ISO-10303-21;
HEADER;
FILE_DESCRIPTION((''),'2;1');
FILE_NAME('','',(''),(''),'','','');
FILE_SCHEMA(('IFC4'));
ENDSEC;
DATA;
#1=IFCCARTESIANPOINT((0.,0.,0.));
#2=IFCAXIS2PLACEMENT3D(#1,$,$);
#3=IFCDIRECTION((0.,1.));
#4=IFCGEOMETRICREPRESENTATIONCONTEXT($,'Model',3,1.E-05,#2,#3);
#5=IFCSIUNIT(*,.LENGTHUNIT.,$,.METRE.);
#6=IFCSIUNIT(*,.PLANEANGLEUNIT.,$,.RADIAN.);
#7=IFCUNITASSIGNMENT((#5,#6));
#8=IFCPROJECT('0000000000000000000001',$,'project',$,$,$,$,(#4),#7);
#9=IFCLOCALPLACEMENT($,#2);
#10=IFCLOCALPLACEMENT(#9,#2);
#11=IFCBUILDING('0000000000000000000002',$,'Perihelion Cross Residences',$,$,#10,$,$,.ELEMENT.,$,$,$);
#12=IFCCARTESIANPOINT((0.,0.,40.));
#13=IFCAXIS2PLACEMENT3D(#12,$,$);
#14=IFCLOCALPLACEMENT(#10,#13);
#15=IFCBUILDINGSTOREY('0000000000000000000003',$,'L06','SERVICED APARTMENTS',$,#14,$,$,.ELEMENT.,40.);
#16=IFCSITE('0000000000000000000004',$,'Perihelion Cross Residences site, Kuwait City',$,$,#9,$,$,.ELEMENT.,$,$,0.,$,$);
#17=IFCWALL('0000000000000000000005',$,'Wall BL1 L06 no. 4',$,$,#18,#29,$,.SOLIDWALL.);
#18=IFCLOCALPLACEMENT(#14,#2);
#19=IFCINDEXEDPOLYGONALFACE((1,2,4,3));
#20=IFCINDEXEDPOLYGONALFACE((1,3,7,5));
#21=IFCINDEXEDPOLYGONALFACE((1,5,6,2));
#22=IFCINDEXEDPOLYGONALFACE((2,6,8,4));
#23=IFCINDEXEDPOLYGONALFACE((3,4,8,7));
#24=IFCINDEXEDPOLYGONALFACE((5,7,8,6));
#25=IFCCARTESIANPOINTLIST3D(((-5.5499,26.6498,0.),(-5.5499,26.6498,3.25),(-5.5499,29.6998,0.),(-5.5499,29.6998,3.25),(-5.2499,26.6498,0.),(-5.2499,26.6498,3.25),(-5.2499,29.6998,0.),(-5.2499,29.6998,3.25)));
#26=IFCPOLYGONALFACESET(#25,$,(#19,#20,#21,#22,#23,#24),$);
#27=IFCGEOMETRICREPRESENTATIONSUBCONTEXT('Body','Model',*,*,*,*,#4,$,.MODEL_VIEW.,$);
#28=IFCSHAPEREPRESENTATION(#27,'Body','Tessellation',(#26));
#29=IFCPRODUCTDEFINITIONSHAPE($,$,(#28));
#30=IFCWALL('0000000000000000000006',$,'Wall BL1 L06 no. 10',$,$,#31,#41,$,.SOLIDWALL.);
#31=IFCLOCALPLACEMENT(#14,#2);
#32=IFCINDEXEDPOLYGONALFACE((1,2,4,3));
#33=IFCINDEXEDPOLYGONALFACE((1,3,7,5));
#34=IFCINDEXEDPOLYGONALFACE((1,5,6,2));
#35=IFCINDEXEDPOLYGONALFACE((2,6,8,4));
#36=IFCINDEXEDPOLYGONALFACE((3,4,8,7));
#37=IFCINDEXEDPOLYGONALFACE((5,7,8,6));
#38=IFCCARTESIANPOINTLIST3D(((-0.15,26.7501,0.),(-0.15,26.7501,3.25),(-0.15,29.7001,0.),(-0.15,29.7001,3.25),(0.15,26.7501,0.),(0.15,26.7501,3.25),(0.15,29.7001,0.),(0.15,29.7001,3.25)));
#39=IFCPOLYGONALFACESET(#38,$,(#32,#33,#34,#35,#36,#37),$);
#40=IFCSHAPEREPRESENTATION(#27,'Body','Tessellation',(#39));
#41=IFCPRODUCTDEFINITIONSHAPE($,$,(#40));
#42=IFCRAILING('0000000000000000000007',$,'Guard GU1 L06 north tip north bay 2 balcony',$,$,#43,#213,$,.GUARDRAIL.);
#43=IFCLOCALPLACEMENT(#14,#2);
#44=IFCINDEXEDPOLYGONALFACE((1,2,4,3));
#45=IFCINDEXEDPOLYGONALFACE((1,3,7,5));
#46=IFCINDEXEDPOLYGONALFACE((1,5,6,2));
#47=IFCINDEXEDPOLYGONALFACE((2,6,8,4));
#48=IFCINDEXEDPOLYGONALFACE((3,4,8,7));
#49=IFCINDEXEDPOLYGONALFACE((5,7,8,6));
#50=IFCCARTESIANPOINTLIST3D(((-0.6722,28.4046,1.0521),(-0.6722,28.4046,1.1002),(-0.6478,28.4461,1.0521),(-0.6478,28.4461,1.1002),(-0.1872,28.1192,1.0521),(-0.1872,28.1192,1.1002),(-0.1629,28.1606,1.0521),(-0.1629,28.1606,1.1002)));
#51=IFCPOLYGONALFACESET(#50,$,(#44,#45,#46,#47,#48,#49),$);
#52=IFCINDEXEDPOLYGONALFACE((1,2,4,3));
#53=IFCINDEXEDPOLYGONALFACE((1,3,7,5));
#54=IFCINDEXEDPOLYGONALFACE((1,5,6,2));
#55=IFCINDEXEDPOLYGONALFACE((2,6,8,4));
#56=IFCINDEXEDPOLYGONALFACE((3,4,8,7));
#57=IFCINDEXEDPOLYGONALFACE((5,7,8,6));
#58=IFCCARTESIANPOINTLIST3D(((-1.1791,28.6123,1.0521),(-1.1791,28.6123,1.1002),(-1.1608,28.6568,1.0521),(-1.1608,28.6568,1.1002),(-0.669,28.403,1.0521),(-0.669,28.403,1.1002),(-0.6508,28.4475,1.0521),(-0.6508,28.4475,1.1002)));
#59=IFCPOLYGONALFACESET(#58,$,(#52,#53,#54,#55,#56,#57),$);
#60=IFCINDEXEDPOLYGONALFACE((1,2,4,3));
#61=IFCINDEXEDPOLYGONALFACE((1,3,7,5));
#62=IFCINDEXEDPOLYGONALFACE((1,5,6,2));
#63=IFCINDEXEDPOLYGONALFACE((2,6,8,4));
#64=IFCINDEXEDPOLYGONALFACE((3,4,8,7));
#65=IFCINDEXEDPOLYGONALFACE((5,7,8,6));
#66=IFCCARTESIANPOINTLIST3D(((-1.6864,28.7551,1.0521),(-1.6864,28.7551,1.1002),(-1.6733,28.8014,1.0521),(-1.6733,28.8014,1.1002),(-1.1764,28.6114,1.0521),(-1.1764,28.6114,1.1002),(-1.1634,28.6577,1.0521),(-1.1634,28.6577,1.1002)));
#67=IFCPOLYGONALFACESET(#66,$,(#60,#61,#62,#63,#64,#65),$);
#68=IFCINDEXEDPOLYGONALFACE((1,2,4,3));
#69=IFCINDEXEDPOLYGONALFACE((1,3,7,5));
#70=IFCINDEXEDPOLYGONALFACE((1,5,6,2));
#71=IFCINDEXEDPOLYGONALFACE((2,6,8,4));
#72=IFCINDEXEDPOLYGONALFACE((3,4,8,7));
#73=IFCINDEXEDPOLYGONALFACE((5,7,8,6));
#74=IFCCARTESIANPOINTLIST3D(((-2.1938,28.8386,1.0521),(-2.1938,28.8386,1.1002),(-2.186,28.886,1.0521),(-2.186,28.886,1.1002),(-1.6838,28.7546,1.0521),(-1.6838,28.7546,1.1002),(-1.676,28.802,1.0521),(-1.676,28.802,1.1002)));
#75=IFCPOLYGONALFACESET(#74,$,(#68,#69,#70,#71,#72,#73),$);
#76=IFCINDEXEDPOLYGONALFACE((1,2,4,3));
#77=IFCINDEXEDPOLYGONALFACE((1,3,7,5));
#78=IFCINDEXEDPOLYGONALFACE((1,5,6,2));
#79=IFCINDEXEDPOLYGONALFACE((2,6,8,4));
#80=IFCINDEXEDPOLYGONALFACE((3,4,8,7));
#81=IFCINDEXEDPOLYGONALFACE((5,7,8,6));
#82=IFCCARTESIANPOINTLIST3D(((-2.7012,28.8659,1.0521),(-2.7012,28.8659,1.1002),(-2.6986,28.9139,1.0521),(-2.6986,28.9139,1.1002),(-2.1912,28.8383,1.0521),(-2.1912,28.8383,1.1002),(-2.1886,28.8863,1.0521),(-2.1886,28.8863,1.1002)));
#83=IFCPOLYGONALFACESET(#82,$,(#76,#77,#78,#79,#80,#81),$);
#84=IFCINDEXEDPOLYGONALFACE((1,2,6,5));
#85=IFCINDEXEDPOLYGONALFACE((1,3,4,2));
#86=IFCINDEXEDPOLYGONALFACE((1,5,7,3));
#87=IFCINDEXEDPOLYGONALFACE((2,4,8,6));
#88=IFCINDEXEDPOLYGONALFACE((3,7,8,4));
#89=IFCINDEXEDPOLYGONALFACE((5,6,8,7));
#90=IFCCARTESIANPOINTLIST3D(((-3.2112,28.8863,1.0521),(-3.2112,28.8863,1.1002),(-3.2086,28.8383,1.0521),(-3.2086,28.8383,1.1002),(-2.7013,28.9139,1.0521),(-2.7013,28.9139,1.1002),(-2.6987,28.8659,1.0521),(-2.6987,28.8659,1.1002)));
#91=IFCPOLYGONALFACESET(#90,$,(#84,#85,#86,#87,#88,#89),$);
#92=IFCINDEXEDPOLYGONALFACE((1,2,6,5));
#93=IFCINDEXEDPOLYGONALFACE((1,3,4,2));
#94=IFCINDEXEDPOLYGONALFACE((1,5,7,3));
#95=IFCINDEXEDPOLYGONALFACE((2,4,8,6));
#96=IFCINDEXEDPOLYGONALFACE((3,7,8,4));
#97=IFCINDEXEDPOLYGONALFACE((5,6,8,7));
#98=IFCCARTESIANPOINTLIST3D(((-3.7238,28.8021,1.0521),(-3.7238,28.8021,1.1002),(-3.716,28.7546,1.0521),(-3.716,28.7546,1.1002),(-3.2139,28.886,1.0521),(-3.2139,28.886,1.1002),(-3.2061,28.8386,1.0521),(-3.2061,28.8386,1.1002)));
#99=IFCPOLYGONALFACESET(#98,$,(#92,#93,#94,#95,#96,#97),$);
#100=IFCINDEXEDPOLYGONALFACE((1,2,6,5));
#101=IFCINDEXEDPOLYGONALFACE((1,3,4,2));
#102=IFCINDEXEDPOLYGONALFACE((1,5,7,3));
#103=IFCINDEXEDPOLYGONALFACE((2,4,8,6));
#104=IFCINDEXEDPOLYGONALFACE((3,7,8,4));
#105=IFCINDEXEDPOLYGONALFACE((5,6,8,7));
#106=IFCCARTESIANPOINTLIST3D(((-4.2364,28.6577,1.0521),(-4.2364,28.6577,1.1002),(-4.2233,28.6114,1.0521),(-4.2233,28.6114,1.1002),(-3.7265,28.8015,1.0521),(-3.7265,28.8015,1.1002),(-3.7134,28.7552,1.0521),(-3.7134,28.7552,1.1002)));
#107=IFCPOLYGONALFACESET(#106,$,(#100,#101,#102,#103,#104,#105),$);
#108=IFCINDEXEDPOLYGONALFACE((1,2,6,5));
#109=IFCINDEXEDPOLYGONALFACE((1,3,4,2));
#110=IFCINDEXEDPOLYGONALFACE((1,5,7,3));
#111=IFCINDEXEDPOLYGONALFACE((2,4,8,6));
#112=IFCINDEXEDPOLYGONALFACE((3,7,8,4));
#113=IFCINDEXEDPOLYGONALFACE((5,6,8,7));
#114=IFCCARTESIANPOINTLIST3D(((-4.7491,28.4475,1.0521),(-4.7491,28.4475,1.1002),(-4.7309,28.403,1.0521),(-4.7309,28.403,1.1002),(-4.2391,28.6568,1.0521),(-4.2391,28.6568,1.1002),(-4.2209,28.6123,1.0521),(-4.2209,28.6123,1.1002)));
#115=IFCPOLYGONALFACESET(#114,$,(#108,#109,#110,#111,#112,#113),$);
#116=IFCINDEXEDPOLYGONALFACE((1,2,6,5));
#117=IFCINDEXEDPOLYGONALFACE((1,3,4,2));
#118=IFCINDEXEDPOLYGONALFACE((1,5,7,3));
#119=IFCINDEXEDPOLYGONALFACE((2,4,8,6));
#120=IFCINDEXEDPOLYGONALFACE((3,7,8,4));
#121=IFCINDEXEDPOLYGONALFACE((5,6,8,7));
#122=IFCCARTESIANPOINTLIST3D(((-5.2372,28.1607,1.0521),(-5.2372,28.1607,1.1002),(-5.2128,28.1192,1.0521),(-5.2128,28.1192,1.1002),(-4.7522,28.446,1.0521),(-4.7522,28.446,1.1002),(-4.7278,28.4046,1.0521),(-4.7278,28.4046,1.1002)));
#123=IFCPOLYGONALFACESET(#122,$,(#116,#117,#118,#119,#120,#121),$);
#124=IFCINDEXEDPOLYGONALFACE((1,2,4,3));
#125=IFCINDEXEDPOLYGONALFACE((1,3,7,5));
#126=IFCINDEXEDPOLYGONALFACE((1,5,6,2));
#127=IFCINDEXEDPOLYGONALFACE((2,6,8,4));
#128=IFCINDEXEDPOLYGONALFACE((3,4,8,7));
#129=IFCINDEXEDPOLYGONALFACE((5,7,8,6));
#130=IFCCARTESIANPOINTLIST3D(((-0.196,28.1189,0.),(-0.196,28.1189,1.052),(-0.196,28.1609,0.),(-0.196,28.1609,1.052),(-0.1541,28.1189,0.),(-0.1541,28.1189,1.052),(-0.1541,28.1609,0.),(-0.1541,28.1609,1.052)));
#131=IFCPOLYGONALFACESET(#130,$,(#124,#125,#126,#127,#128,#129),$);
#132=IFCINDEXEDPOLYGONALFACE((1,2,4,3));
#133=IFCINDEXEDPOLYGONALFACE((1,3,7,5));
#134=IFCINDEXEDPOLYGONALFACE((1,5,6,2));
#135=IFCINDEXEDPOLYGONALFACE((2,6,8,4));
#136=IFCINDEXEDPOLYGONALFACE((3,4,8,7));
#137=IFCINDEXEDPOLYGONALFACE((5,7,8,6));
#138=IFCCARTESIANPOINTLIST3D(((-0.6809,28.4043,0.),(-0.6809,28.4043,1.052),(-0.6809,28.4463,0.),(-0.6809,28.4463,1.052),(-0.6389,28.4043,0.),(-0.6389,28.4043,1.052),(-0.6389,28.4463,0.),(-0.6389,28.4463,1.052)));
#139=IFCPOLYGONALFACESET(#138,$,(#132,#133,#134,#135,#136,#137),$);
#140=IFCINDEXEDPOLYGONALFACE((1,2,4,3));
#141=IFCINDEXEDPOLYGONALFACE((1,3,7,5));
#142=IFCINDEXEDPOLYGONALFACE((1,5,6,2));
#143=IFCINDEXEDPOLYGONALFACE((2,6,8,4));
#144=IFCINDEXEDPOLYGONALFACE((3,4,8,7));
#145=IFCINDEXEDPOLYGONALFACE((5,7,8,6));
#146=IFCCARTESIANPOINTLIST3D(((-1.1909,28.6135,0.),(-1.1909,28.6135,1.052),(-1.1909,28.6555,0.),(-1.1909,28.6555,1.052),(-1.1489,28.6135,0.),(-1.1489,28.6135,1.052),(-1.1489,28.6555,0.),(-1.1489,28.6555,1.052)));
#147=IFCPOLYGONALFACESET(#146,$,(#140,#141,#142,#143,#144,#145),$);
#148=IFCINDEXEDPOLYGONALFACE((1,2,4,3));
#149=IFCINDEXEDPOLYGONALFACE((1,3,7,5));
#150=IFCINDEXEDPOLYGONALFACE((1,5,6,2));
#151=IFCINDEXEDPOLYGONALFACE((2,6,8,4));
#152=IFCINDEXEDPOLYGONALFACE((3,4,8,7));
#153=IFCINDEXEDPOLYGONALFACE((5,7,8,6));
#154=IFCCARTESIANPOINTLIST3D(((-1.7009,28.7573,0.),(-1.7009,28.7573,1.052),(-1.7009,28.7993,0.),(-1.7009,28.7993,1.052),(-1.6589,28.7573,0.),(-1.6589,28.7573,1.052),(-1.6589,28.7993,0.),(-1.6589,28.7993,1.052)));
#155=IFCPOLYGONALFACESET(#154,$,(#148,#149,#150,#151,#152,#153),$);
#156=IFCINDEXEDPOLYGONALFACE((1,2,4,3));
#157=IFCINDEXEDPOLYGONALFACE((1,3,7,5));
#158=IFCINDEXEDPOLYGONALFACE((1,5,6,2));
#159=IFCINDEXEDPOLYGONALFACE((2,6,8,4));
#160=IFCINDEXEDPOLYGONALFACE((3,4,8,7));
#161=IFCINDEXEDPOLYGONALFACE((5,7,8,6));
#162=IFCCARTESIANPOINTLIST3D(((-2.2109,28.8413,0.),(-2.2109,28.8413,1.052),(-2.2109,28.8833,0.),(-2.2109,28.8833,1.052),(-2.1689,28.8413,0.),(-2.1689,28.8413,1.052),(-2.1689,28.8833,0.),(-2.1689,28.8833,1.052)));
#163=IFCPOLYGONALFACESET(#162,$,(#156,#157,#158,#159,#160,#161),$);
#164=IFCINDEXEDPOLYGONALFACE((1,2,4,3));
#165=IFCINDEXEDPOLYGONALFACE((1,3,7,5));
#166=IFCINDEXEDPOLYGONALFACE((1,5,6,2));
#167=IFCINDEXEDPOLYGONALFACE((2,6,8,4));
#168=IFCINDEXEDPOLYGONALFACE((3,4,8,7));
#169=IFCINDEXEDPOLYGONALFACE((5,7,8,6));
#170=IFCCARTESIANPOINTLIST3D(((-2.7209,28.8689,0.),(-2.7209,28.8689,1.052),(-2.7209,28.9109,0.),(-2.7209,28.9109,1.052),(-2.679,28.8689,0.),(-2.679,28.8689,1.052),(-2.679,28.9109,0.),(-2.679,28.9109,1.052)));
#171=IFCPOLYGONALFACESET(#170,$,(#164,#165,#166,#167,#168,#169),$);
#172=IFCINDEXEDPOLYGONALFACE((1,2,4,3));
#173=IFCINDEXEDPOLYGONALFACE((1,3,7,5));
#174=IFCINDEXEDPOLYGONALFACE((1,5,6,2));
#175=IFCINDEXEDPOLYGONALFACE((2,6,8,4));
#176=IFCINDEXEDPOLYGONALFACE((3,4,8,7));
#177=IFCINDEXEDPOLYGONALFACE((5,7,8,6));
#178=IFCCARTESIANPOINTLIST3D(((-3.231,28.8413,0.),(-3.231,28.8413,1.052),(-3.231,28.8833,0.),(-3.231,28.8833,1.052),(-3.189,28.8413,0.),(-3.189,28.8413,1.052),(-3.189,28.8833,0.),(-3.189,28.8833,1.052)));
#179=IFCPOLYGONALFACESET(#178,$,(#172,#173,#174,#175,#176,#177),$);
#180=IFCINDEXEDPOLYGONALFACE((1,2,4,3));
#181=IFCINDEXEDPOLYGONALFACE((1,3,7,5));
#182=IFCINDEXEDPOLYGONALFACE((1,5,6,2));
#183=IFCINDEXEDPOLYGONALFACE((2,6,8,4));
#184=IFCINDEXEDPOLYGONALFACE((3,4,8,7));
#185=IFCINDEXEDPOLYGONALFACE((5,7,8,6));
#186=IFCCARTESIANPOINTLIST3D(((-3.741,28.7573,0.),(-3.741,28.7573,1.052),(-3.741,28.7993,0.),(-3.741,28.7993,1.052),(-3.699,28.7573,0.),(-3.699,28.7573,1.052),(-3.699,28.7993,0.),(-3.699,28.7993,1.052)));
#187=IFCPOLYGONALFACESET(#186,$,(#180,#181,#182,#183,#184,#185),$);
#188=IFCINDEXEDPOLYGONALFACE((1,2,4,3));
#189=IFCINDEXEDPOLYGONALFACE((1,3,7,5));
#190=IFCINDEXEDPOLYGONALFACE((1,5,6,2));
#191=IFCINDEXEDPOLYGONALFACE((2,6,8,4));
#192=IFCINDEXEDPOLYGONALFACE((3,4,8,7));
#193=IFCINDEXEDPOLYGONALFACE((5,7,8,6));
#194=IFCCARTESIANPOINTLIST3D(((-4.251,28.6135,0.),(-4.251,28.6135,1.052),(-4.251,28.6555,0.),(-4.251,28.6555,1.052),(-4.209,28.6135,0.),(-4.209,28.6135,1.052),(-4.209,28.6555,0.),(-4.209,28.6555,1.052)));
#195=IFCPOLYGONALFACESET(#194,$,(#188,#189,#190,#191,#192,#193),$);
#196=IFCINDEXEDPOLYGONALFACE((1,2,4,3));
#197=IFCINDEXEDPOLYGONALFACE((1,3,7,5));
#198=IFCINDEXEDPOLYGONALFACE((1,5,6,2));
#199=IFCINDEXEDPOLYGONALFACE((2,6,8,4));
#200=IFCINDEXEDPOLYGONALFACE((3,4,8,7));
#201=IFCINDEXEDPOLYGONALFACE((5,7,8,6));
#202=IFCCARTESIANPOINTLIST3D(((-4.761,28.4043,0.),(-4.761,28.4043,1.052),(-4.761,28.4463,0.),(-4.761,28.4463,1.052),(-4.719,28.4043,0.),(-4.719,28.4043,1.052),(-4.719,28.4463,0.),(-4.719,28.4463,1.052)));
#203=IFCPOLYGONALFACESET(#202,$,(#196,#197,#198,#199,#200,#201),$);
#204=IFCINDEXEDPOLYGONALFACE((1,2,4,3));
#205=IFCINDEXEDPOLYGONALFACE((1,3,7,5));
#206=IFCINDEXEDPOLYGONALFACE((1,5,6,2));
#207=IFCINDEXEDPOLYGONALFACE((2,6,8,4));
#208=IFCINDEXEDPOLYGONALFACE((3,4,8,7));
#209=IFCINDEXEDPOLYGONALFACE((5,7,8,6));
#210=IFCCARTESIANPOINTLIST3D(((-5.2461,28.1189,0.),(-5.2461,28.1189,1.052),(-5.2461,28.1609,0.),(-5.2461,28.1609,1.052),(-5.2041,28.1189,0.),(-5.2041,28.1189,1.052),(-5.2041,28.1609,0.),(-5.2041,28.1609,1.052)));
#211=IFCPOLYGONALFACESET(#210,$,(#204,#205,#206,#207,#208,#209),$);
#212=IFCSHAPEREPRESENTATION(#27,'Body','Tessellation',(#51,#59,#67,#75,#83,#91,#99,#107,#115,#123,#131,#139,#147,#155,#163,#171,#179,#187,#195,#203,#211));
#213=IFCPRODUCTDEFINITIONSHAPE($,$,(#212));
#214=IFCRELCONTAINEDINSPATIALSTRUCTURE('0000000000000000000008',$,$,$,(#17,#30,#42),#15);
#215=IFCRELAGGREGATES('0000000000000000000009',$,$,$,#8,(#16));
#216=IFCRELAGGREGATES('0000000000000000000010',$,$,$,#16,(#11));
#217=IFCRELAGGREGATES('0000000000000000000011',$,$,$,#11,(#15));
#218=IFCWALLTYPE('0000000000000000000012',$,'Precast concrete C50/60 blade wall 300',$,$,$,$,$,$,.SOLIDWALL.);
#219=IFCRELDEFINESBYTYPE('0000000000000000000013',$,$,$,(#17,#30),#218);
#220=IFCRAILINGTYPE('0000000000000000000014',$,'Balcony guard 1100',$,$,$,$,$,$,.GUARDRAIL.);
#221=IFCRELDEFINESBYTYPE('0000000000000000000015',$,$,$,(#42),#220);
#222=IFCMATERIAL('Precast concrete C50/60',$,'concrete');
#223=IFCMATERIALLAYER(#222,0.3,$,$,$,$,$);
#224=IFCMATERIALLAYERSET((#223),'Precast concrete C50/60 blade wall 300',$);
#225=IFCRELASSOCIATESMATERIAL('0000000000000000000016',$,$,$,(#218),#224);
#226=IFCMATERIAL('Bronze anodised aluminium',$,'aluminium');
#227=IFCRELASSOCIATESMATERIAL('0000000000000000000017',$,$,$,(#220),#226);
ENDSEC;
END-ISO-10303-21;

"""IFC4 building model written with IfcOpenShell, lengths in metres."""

from ifc_helpers import new_model, si_unit, direction, frame, frame_2d, origin, origin_2d, place, context, subcontext, project, spatial, rectangle, extrude, material, layer, layer_set, type_object, element, save


model = new_model("IFC4")

# Units and contexts
model_context = context("Model", 3, precision=1e-05, world=origin(), true_north=direction((0.0, 1.0)))
body_context = subcontext(model_context, "Body", "Model", "MODEL_VIEW")
ifc_project = project(units=[si_unit("LENGTHUNIT", "METRE"), si_unit("PLANEANGLEUNIT", "RADIAN")], contexts=[model_context])

# Site, building, storey
site_placement = place(None, origin())
site = spatial("IfcSite", under=ifc_project, at=site_placement, Name="Perihelion Cross Residences site, Kuwait City", CompositionType="ELEMENT", RefElevation=0.0)
building_placement = place(site_placement, origin())
building = spatial("IfcBuilding", under=site, at=building_placement, Name="Perihelion Cross Residences", CompositionType="ELEMENT")
storey_placement = place(building_placement, frame((0.0, 0.0, 40.0)))
storey = spatial("IfcBuildingStorey", under=building, at=storey_placement, Name="L06", Description="SERVICED APARTMENTS", CompositionType="ELEMENT", Elevation=40.0)

# Walls
ifc_material_1 = material(Name="Precast concrete C50/60", Category="concrete")
ifc_layer_1 = layer(ifc_material_1, 0.3)
ifc_layer_set_1 = layer_set([ifc_layer_1], Name="Precast concrete C50/60 blade wall 300")
wall_type_1 = type_object("IfcWallType", Name="Precast concrete C50/60 blade wall 300", PredefinedType="SOLIDWALL", material=ifc_layer_set_1)
wall_1_placement = place(storey_placement, frame((-5.3999, 26.6499, 0.0), z_axis=(0.0, 0.0, 1.0), x_axis=(0.0, 1.0, 0.0)))
element("IfcWall", 1, at=wall_1_placement, inside=storey, type_object=wall_type_1, Name="Wall BL1 L06 no. 4", PredefinedType="SOLIDWALL", context=body_context, shape_type="SweptSolid", body=[
    extrude(rectangle(XDim=3.05, YDim=0.3, at=frame_2d((1.5249, 0.0))), origin(), (0.0, 0.0, 1.0), 3.25),
])
wall_2_placement = place(storey_placement, frame((0.0, 26.75, 0.0), z_axis=(0.0, 0.0, 1.0), x_axis=(0.0, 1.0, 0.0)))
element("IfcWall", 2, at=wall_2_placement, inside=storey, type_object=wall_type_1, Name="Wall BL1 L06 no. 10", PredefinedType="SOLIDWALL", context=body_context, shape_type="SweptSolid", body=[
    extrude(rectangle(XDim=2.95, YDim=0.3, at=frame_2d((1.4751, 0.0))), origin(), (0.0, 0.0, 1.0), 3.25),
])

# Railing
ifc_material_2 = material(Name="Bronze anodised aluminium", Category="aluminium")
railing_type = type_object("IfcRailingType", Name="Balcony guard 1100", PredefinedType="GUARDRAIL", material=ifc_material_2)
railing_placement = place(storey_placement, frame((-0.175, 28.1399, 0.0)))
element("IfcRailing", 3, at=railing_placement, inside=storey, type_object=railing_type, Name="Guard GU1 L06 north tip north bay 2 balcony", PredefinedType="GUARDRAIL", context=body_context, shape_type="SweptSolid", body=[
    extrude(rectangle(XDim=0.0481, YDim=0.0481, at=origin_2d()), frame((0.0, 0.0, 1.0762), z_axis=(-0.861789, 0.507267, 0.0), x_axis=(-0.507267, -0.861789, 0.0)), (0.0, 0.0, 1.0), 0.5627),
    extrude(rectangle(XDim=0.0481, YDim=0.0481, at=origin_2d()), frame((-0.4849, 0.2854, 1.0762), z_axis=(-0.925173, 0.379547, 0.0), x_axis=(-0.379547, -0.925173, 0.0)), (0.0, 0.0, 1.0), 0.5513),
    extrude(rectangle(XDim=0.0481, YDim=0.0481, at=origin_2d()), frame((-0.9949, 0.4946, 1.0762), z_axis=(-0.962474, 0.271373, 0.0), x_axis=(-0.271373, -0.962474, 0.0)), (0.0, 0.0, 1.0), 0.5298),
    extrude(rectangle(XDim=0.0481, YDim=0.0481, at=origin_2d()), frame((-1.5049, 0.6384, 1.0762), z_axis=(-0.986711, 0.162484, 0.0), x_axis=(-0.162484, -0.986711, 0.0)), (0.0, 0.0, 1.0), 0.5168),
    extrude(rectangle(XDim=0.0481, YDim=0.0481, at=origin_2d()), frame((-2.0149, 0.7224, 1.0762), z_axis=(-0.99854, 0.054014, 0.0), x_axis=(-0.054014, -0.99854, 0.0)), (0.0, 0.0, 1.0), 0.5107),
    extrude(rectangle(XDim=0.0481, YDim=0.0481, at=origin_2d()), frame((-2.5249, 0.75, 1.0762), z_axis=(-0.99854, -0.054014, 0.0), x_axis=(0.054014, -0.99854, 0.0)), (0.0, 0.0, 1.0), 0.5107),
    extrude(rectangle(XDim=0.0481, YDim=0.0481, at=origin_2d()), frame((-3.0349, 0.7224, 1.0762), z_axis=(-0.986711, -0.162484, 0.0), x_axis=(0.162484, -0.986711, 0.0)), (0.0, 0.0, 1.0), 0.5168),
    extrude(rectangle(XDim=0.0481, YDim=0.0481, at=origin_2d()), frame((-3.5449, 0.6384, 1.0762), z_axis=(-0.962474, -0.271373, 0.0), x_axis=(0.271373, -0.962474, 0.0)), (0.0, 0.0, 1.0), 0.5298),
    extrude(rectangle(XDim=0.0481, YDim=0.0481, at=origin_2d()), frame((-4.0549, 0.4946, 1.0762), z_axis=(-0.925173, -0.379547, 0.0), x_axis=(0.379547, -0.925173, 0.0)), (0.0, 0.0, 1.0), 0.5513),
    extrude(rectangle(XDim=0.0481, YDim=0.0481, at=origin_2d()), frame((-4.5649, 0.2854, 1.0762), z_axis=(-0.861901, -0.507077, 0.0), x_axis=(0.507077, -0.861901, 0.0)), (0.0, 0.0, 1.0), 0.5627),
    extrude(rectangle(XDim=0.042, YDim=0.042, at=origin_2d()), origin(), (0.0, 0.0, 1.0), 1.052),
    extrude(rectangle(XDim=0.042, YDim=0.042, at=origin_2d()), frame((-0.4849, 0.2854, 0.0)), (0.0, 0.0, 1.0), 1.052),
    extrude(rectangle(XDim=0.042, YDim=0.042, at=origin_2d()), frame((-0.9949, 0.4946, 0.0)), (0.0, 0.0, 1.0), 1.052),
    extrude(rectangle(XDim=0.042, YDim=0.042, at=origin_2d()), frame((-1.5049, 0.6384, 0.0)), (0.0, 0.0, 1.0), 1.052),
    extrude(rectangle(XDim=0.042, YDim=0.042, at=origin_2d()), frame((-2.0149, 0.7224, 0.0)), (0.0, 0.0, 1.0), 1.052),
    extrude(rectangle(XDim=0.042, YDim=0.042, at=origin_2d()), frame((-2.5249, 0.75, 0.0)), (0.0, 0.0, 1.0), 1.052),
    extrude(rectangle(XDim=0.042, YDim=0.042, at=origin_2d()), frame((-3.0349, 0.7224, 0.0)), (0.0, 0.0, 1.0), 1.052),
    extrude(rectangle(XDim=0.042, YDim=0.042, at=origin_2d()), frame((-3.5449, 0.6384, 0.0)), (0.0, 0.0, 1.0), 1.052),
    extrude(rectangle(XDim=0.042, YDim=0.042, at=origin_2d()), frame((-4.0549, 0.4946, 0.0)), (0.0, 0.0, 1.0), 1.052),
    extrude(rectangle(XDim=0.042, YDim=0.042, at=origin_2d()), frame((-4.5649, 0.2854, 0.0)), (0.0, 0.0, 1.0), 1.052),
    extrude(rectangle(XDim=0.042, YDim=0.042, at=origin_2d()), frame((-5.05, 0.0, 0.0)), (0.0, 0.0, 1.0), 1.052),
])

save(model, "model.ifc")
